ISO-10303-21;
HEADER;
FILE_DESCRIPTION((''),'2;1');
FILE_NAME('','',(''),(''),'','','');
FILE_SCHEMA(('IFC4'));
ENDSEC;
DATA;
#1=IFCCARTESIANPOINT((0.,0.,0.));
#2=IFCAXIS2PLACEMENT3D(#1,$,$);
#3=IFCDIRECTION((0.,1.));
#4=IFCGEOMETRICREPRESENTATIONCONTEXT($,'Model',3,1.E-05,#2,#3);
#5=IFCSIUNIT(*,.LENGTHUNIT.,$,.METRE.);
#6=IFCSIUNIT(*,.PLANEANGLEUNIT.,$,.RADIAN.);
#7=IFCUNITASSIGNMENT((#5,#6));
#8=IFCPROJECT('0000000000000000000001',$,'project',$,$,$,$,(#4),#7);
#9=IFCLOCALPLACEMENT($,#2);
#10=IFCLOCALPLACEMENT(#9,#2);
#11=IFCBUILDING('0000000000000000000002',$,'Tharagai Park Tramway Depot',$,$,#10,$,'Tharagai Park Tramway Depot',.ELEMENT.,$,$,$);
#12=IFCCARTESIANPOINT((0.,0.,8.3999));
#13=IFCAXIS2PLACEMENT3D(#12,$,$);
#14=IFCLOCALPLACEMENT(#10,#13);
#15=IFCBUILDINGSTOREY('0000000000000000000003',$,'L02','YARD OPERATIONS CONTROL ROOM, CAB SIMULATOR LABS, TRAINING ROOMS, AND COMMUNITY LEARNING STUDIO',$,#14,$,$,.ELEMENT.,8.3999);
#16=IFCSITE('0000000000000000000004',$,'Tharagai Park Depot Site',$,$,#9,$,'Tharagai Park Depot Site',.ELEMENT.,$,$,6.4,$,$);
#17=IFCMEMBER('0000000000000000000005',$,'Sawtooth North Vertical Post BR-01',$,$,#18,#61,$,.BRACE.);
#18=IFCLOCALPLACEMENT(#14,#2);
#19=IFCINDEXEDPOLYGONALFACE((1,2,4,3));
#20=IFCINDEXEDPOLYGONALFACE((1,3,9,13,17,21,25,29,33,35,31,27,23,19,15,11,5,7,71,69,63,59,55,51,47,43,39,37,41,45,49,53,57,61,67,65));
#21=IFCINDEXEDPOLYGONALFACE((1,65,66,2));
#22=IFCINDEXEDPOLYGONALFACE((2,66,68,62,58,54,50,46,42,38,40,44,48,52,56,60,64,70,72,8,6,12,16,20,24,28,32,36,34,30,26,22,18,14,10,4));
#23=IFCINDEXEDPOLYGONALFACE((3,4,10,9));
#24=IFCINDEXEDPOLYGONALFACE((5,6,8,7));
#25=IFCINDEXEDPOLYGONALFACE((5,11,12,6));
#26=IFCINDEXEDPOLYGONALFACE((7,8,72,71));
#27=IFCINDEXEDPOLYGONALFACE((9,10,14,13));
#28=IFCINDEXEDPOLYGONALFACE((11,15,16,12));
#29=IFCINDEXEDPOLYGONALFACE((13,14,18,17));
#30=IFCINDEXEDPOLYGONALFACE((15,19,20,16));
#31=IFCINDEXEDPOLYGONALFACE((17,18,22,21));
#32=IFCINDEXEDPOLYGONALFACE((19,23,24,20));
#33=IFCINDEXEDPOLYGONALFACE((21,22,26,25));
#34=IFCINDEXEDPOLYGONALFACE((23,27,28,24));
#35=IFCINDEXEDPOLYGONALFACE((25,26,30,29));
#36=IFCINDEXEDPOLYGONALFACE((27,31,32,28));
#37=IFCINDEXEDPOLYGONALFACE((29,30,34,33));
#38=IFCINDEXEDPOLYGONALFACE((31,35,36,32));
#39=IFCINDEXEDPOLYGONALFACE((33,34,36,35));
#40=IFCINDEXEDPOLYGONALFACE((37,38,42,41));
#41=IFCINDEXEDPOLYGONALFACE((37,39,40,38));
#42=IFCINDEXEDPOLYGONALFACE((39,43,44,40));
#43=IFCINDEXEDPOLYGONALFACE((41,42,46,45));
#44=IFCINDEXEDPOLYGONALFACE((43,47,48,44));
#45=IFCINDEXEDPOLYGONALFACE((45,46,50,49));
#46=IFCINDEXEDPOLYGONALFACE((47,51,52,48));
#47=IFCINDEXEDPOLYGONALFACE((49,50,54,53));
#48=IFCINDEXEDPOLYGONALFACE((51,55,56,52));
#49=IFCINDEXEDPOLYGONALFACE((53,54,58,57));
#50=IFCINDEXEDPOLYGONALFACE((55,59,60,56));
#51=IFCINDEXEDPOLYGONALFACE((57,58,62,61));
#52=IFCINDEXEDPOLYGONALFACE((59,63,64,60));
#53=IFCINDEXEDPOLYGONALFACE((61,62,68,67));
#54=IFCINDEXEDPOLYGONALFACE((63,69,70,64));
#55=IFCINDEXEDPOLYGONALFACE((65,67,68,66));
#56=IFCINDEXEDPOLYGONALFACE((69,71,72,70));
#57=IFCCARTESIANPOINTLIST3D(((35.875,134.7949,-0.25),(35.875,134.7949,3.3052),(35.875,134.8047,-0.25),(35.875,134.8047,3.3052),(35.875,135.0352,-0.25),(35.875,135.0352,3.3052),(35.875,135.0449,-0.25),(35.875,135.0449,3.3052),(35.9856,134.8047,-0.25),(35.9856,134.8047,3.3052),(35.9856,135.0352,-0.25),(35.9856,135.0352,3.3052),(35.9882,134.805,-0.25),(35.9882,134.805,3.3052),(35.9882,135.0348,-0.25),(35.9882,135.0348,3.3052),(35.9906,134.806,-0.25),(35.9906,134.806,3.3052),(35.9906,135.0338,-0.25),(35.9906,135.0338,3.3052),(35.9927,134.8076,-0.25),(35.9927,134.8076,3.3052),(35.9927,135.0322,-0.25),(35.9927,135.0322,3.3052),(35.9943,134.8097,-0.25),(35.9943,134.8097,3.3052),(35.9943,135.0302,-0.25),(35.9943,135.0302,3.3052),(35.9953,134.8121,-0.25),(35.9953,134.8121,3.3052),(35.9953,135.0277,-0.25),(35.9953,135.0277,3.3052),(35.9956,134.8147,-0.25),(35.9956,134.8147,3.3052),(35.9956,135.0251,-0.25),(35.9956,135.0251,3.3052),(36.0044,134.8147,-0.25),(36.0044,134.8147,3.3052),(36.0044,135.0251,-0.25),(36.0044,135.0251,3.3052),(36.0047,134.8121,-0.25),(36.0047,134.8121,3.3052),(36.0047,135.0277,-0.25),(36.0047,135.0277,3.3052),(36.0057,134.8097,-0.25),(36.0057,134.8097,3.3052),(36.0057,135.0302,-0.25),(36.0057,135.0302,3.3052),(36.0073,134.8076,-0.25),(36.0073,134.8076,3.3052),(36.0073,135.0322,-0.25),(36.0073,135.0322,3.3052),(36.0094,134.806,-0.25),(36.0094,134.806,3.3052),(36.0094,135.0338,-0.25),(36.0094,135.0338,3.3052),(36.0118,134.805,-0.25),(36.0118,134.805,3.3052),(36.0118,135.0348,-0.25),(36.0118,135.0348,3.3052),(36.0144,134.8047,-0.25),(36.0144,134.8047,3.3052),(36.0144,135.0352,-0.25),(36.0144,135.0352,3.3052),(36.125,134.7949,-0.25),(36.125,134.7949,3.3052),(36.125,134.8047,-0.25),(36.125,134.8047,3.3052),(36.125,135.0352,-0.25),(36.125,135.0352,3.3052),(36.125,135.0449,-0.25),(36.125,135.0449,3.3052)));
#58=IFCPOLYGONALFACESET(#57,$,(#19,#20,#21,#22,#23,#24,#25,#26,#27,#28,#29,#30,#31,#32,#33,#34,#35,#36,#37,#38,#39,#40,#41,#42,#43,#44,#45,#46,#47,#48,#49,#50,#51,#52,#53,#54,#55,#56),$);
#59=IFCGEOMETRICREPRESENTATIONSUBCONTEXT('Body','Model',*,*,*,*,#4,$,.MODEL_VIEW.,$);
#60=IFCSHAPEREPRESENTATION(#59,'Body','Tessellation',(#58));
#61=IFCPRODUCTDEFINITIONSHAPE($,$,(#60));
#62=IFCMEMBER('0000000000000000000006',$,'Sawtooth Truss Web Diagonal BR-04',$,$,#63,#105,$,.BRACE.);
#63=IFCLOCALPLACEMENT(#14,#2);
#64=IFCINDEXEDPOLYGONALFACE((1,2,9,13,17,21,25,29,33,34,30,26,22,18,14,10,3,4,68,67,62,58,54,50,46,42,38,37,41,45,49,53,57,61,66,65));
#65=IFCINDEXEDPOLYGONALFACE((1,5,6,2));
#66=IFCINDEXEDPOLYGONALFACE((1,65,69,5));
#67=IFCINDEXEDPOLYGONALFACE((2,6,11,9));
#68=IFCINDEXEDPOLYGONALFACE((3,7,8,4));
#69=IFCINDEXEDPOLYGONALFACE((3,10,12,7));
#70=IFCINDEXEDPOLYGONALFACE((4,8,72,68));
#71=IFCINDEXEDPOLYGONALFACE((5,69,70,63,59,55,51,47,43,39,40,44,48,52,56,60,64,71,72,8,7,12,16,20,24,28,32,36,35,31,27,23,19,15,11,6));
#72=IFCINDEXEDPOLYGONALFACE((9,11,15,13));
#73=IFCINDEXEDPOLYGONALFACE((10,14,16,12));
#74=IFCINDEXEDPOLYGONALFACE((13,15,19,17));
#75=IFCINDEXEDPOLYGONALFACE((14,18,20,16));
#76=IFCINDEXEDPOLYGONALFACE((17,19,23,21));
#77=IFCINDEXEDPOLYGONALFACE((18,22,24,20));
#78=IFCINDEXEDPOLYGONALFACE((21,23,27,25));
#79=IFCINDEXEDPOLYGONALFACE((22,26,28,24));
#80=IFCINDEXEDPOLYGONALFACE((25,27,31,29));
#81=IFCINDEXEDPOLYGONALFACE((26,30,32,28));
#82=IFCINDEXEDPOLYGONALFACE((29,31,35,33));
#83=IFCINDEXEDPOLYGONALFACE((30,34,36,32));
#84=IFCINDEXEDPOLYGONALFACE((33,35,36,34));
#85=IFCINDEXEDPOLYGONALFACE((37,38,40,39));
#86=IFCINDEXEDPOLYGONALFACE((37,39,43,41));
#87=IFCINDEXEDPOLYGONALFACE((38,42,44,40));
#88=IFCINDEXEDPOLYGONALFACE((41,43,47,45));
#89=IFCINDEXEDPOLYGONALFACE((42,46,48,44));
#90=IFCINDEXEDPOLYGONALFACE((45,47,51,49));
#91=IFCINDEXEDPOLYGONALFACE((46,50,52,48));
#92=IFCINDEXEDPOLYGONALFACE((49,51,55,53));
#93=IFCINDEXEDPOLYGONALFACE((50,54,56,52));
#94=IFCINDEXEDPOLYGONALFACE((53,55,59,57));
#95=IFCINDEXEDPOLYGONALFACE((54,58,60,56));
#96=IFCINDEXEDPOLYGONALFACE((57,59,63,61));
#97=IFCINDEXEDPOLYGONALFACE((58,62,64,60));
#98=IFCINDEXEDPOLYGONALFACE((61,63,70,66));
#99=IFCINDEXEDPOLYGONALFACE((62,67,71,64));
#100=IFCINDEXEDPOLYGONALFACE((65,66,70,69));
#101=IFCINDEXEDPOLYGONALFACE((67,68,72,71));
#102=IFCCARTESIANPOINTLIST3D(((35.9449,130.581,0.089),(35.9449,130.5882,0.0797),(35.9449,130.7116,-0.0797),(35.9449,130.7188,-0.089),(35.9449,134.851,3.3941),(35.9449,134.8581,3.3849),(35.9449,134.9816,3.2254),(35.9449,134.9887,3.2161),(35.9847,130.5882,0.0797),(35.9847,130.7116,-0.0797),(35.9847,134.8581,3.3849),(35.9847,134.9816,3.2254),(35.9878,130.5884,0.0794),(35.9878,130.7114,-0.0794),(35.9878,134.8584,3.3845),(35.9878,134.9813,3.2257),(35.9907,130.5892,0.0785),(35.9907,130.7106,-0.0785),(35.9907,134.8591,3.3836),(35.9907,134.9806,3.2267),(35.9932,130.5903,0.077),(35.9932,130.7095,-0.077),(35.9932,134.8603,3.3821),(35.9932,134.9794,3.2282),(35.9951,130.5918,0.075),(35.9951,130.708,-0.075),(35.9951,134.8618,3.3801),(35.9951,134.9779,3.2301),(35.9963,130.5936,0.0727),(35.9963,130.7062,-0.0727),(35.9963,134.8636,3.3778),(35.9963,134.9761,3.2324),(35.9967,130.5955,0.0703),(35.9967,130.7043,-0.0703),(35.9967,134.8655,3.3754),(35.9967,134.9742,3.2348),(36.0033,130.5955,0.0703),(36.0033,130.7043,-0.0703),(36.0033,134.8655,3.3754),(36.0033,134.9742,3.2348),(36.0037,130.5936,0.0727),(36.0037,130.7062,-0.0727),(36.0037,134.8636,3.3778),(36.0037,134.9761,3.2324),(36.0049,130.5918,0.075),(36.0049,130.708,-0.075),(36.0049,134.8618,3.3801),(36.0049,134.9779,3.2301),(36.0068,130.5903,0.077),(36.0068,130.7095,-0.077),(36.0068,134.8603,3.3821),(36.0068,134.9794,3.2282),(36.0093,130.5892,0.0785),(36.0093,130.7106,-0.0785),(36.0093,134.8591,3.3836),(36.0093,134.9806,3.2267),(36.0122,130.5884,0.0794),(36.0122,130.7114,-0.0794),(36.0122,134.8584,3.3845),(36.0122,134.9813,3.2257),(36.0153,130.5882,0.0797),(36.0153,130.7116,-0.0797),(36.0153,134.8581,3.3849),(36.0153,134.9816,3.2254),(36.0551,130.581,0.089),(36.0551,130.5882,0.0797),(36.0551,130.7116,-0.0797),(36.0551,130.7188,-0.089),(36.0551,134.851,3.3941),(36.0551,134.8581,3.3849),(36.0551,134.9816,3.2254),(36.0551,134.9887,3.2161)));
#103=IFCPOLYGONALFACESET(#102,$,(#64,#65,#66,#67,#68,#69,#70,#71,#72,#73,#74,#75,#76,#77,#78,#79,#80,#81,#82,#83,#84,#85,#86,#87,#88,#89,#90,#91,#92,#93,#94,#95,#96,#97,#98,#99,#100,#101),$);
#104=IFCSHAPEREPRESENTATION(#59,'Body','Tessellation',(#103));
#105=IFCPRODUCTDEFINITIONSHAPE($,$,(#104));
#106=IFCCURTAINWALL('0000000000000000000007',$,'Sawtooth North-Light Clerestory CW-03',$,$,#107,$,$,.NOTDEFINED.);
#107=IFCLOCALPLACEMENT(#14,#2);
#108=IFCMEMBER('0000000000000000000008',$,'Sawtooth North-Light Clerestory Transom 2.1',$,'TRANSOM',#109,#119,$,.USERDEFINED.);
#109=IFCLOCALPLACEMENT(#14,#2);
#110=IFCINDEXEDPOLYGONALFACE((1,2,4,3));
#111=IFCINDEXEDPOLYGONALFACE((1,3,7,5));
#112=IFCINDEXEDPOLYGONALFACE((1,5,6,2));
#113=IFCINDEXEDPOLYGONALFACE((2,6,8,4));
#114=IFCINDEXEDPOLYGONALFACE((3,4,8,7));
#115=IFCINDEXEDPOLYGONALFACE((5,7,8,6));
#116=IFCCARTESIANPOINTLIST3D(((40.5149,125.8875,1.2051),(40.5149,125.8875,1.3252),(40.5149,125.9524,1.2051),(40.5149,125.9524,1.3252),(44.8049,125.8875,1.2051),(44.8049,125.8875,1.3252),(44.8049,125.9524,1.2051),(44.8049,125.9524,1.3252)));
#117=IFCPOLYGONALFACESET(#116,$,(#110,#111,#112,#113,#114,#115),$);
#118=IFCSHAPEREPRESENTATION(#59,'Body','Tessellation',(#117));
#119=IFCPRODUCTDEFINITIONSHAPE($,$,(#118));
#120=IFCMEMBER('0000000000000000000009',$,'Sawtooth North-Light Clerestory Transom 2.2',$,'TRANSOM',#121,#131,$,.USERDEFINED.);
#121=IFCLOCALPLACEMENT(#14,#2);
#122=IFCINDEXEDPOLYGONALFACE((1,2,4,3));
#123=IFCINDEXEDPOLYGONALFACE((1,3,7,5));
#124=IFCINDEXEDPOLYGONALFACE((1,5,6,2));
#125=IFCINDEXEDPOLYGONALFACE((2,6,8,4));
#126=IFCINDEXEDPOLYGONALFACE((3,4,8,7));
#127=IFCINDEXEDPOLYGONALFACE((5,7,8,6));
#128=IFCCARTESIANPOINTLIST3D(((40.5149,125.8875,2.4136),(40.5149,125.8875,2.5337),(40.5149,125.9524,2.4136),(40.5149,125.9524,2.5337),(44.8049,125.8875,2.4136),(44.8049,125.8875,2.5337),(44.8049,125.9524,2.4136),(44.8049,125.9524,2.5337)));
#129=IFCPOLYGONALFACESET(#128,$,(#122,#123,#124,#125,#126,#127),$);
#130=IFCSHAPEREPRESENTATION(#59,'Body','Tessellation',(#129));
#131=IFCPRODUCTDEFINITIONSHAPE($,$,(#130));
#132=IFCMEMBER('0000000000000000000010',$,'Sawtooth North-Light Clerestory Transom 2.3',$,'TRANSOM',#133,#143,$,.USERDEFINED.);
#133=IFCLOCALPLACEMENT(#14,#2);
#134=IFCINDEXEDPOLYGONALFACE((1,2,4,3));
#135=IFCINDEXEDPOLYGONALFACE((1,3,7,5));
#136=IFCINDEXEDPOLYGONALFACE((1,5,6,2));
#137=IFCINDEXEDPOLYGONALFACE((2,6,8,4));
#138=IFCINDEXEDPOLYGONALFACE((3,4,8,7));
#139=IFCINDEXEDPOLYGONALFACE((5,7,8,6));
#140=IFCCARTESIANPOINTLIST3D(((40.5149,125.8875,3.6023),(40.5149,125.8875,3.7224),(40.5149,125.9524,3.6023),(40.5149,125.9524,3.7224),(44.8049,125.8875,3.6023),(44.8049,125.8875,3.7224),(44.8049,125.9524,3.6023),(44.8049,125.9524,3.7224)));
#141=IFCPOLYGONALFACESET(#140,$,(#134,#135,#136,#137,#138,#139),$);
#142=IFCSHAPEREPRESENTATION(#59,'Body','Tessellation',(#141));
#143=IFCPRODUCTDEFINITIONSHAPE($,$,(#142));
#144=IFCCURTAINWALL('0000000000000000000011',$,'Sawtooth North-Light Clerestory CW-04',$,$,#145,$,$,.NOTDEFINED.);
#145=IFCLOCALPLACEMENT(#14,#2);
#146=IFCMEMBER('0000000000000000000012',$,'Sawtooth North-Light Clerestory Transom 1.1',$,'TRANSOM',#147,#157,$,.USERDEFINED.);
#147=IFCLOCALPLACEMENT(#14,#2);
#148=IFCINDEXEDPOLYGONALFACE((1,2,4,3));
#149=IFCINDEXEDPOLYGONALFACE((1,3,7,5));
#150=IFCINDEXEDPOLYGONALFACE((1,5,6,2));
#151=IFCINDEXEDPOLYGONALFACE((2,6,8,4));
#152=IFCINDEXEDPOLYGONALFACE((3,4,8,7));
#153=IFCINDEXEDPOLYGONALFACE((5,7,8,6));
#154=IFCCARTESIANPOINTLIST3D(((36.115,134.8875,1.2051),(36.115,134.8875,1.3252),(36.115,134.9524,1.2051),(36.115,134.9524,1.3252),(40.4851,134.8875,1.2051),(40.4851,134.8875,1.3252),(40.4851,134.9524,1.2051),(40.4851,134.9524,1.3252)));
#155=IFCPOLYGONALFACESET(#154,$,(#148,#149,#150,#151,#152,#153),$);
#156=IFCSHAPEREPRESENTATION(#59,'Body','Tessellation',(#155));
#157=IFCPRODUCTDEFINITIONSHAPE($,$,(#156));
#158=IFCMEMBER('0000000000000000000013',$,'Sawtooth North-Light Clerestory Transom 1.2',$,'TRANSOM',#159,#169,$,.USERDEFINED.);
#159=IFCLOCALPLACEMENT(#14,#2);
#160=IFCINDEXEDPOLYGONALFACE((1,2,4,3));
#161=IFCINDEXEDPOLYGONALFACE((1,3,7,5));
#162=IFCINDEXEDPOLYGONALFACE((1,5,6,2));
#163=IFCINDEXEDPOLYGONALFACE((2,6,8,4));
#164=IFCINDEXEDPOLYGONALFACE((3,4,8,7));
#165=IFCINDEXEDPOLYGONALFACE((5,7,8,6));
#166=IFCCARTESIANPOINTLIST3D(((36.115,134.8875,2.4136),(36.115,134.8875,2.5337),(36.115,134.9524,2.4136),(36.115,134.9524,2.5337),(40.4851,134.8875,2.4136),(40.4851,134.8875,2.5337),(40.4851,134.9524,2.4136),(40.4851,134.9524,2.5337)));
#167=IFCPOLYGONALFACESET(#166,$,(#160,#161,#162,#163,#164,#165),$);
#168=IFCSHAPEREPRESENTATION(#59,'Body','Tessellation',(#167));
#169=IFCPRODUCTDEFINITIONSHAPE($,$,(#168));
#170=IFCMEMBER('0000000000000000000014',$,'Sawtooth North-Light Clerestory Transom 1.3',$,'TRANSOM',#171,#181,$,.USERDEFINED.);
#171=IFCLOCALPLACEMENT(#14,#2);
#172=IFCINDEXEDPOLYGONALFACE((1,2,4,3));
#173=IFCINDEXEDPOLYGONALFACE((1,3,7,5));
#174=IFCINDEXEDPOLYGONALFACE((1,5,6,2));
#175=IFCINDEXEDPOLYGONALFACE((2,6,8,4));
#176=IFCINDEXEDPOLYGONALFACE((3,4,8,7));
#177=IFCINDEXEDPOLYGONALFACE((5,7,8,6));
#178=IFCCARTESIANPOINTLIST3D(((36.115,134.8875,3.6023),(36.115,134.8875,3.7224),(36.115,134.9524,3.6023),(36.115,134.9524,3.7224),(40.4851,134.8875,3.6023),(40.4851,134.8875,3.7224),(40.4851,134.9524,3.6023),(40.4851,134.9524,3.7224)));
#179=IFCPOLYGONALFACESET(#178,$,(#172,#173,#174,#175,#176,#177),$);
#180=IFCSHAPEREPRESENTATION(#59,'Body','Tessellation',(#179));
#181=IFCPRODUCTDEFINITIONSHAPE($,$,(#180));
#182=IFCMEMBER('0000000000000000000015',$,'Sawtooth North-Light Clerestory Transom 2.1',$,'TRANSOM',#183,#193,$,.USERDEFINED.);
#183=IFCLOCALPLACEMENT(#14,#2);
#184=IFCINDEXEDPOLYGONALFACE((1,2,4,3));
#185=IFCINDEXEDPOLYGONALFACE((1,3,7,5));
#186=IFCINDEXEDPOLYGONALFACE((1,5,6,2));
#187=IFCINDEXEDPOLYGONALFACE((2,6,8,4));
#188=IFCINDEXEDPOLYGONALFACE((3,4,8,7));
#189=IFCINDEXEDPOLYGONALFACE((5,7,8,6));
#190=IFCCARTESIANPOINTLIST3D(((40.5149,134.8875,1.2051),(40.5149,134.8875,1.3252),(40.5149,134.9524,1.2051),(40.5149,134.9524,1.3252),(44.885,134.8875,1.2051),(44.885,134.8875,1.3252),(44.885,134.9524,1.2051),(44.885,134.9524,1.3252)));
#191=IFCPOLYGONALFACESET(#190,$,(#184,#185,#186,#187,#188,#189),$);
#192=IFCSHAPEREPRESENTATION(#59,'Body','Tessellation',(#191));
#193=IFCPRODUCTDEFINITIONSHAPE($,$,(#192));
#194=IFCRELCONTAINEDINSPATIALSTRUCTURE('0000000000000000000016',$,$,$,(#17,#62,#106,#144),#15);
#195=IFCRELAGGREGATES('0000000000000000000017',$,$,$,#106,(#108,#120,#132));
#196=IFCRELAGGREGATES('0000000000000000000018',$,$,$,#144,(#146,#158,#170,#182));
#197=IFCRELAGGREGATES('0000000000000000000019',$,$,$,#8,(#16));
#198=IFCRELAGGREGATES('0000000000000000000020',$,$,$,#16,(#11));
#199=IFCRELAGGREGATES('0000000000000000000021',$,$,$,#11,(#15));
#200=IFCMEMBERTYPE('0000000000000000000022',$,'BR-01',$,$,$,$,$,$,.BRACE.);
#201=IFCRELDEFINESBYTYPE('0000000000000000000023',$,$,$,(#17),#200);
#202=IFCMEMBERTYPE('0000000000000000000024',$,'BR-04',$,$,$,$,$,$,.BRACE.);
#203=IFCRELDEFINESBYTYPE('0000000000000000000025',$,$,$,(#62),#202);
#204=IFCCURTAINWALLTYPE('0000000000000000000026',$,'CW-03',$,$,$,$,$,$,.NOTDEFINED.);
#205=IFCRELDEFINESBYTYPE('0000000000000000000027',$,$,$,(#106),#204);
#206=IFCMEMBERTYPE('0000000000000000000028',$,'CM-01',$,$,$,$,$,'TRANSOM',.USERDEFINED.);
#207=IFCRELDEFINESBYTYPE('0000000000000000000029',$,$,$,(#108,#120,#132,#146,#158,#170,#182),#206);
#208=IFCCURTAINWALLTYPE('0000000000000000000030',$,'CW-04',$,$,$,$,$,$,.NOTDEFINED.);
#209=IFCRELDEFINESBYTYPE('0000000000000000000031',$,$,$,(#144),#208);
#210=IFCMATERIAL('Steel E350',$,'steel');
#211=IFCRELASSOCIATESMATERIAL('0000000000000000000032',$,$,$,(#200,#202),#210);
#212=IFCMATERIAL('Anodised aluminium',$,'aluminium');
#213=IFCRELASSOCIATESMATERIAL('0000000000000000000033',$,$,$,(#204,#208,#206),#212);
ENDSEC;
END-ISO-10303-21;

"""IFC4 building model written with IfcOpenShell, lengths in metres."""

from ifc_helpers import new_model, si_unit, direction, frame, origin, origin_2d, place, context, subcontext, project, spatial, rectangle, i_section, extrude, material, material_profile, profile_set, type_object, element, aggregate, save


model = new_model("IFC4")

# Units and contexts
model_context = context("Model", 3, precision=1e-05, world=origin(), true_north=direction((0.0, 1.0)))
body_context = subcontext(model_context, "Body", "Model", "MODEL_VIEW")
ifc_project = project(units=[si_unit("LENGTHUNIT", "METRE"), si_unit("PLANEANGLEUNIT", "RADIAN")], contexts=[model_context])

# Site, building, storey
site_placement = place(None, origin())
site = spatial("IfcSite", under=ifc_project, at=site_placement, Name="Tharagai Park Depot Site", LongName="Tharagai Park Depot Site", CompositionType="ELEMENT", RefElevation=6.4)
building_placement = place(site_placement, origin())
building = spatial("IfcBuilding", under=site, at=building_placement, Name="Tharagai Park Tramway Depot", LongName="Tharagai Park Tramway Depot", CompositionType="ELEMENT")
storey_placement = place(building_placement, frame((0.0, 0.0, 8.3999)))
storey = spatial("IfcBuildingStorey", under=building, at=storey_placement, Name="L02", Description="YARD OPERATIONS CONTROL ROOM, CAB SIMULATOR LABS, TRAINING ROOMS, AND COMMUNITY LEARNING STUDIO", CompositionType="ELEMENT", Elevation=8.3999)

# Members
ifc_material_1 = material(Name="Steel E350", Category="steel")
ifc_material_profile_1 = material_profile(ifc_material_1, i_section(OverallWidth=0.25, OverallDepth=0.25, WebThickness=0.0088, FlangeThickness=0.0098, FilletRadius=0.01, at=origin_2d()), Name="ISHB 250")
ifc_profile_set_1 = profile_set([ifc_material_profile_1], Name="Steel E350")
member_type_1 = type_object("IfcMemberType", Name="BR-01", PredefinedType="BRACE", material=ifc_profile_set_1)
member_1_placement = place(storey_placement, frame((36.0, 134.9199, -0.25), z_axis=(0.0, 0.0, 1.0), x_axis=(1.0, 0.0, 0.0)))
element("IfcMember", 1, at=member_1_placement, inside=storey, type_object=member_type_1, Name="Sawtooth North Vertical Post BR-01", PredefinedType="BRACE", context=body_context, shape_type="SweptSolid", body=[
    extrude(i_section(OverallWidth=0.25, OverallDepth=0.25, WebThickness=0.0088, FlangeThickness=0.0098, FilletRadius=0.01, at=origin_2d()), origin(), (0.0, 0.0, 1.0), 3.5552),
])
ifc_material_profile_2 = material_profile(ifc_material_1, i_section(OverallWidth=0.1101, OverallDepth=0.2251, WebThickness=0.0066, FlangeThickness=0.0117, FilletRadius=0.012, at=origin_2d()), Name="ISMB 225")
ifc_profile_set_2 = profile_set([ifc_material_profile_2], Name="Steel E350")
member_type_2 = type_object("IfcMemberType", Name="BR-04", PredefinedType="BRACE", material=ifc_profile_set_2)
member_2_placement = place(storey_placement, frame((36.0, 130.6499, 0.0), z_axis=(0.0, 0.790782, 0.612098), x_axis=(-1.0, 0.0, 0.0)))
element("IfcMember", 2, at=member_2_placement, inside=storey, type_object=member_type_2, Name="Sawtooth Truss Web Diagonal BR-04", PredefinedType="BRACE", context=body_context, shape_type="SweptSolid", body=[
    extrude(i_section(OverallWidth=0.1101, OverallDepth=0.2251, WebThickness=0.0066, FlangeThickness=0.0117, FilletRadius=0.012, at=origin_2d()), origin(), (0.0, 0.0, 1.0), 5.3997),
])

# Curtain walls, members
ifc_material_2 = material(Name="Anodised aluminium", Category="aluminium")
curtain_wall_type_1 = type_object("IfcCurtainWallType", Name="CW-03", PredefinedType="NOTDEFINED", material=ifc_material_2)
curtain_wall_1_placement = place(storey_placement, origin())
curtain_wall_1 = element("IfcCurtainWall", 3, at=curtain_wall_1_placement, inside=storey, type_object=curtain_wall_type_1, Name="Sawtooth North-Light Clerestory CW-03", PredefinedType="NOTDEFINED")
ifc_material_profile_3 = material_profile(ifc_material_2, rectangle(XDim=0.0649, YDim=0.1201, at=origin_2d()), Name="ALU 65x120")
ifc_profile_set_3 = profile_set([ifc_material_profile_3], Name="Anodised aluminium")
member_type_3 = type_object("IfcMemberType", Name="CM-01", ElementType="TRANSOM", PredefinedType="USERDEFINED", material=ifc_profile_set_3)
member_3_placement = place(storey_placement, frame((40.5149, 125.9199, 1.2651), z_axis=(1.0, 0.0, 0.0), x_axis=(0.0, 1.0, 0.0)))
member_3 = element("IfcMember", 4, at=member_3_placement, type_object=member_type_3, Name="Sawtooth North-Light Clerestory Transom 2.1", ObjectType="TRANSOM", PredefinedType="USERDEFINED", context=body_context, shape_type="SweptSolid", body=[
    extrude(rectangle(XDim=0.0649, YDim=0.1201, at=origin_2d()), origin(), (0.0, 0.0, 1.0), 4.29),
])
member_4_placement = place(storey_placement, frame((40.5149, 125.9199, 2.4736), z_axis=(1.0, 0.0, 0.0), x_axis=(0.0, 1.0, 0.0)))
member_4 = element("IfcMember", 5, at=member_4_placement, type_object=member_type_3, Name="Sawtooth North-Light Clerestory Transom 2.2", ObjectType="TRANSOM", PredefinedType="USERDEFINED", context=body_context, shape_type="SweptSolid", body=[
    extrude(rectangle(XDim=0.0649, YDim=0.1201, at=origin_2d()), origin(), (0.0, 0.0, 1.0), 4.29),
])
member_5_placement = place(storey_placement, frame((40.5149, 125.9199, 3.6624), z_axis=(1.0, 0.0, 0.0), x_axis=(0.0, 1.0, 0.0)))
member_5 = element("IfcMember", 6, at=member_5_placement, type_object=member_type_3, Name="Sawtooth North-Light Clerestory Transom 2.3", ObjectType="TRANSOM", PredefinedType="USERDEFINED", context=body_context, shape_type="SweptSolid", body=[
    extrude(rectangle(XDim=0.0649, YDim=0.1201, at=origin_2d()), origin(), (0.0, 0.0, 1.0), 4.29),
])
curtain_wall_type_2 = type_object("IfcCurtainWallType", Name="CW-04", PredefinedType="NOTDEFINED", material=ifc_material_2)
curtain_wall_2_placement = place(storey_placement, origin())
curtain_wall_2 = element("IfcCurtainWall", 7, at=curtain_wall_2_placement, inside=storey, type_object=curtain_wall_type_2, Name="Sawtooth North-Light Clerestory CW-04", PredefinedType="NOTDEFINED")
member_6_placement = place(storey_placement, frame((36.115, 134.9199, 1.2651), z_axis=(1.0, 0.0, 0.0), x_axis=(0.0, 1.0, 0.0)))
member_6 = element("IfcMember", 8, at=member_6_placement, type_object=member_type_3, Name="Sawtooth North-Light Clerestory Transom 1.1", ObjectType="TRANSOM", PredefinedType="USERDEFINED", context=body_context, shape_type="SweptSolid", body=[
    extrude(rectangle(XDim=0.0649, YDim=0.1201, at=origin_2d()), origin(), (0.0, 0.0, 1.0), 4.3701),
])
member_7_placement = place(storey_placement, frame((36.115, 134.9199, 2.4736), z_axis=(1.0, 0.0, 0.0), x_axis=(0.0, 1.0, 0.0)))
member_7 = element("IfcMember", 9, at=member_7_placement, type_object=member_type_3, Name="Sawtooth North-Light Clerestory Transom 1.2", ObjectType="TRANSOM", PredefinedType="USERDEFINED", context=body_context, shape_type="SweptSolid", body=[
    extrude(rectangle(XDim=0.0649, YDim=0.1201, at=origin_2d()), origin(), (0.0, 0.0, 1.0), 4.3701),
])
member_8_placement = place(storey_placement, frame((36.115, 134.9199, 3.6624), z_axis=(1.0, 0.0, 0.0), x_axis=(0.0, 1.0, 0.0)))
member_8 = element("IfcMember", 10, at=member_8_placement, type_object=member_type_3, Name="Sawtooth North-Light Clerestory Transom 1.3", ObjectType="TRANSOM", PredefinedType="USERDEFINED", context=body_context, shape_type="SweptSolid", body=[
    extrude(rectangle(XDim=0.0649, YDim=0.1201, at=origin_2d()), origin(), (0.0, 0.0, 1.0), 4.3701),
])
member_9_placement = place(storey_placement, frame((40.5149, 134.9199, 1.2651), z_axis=(1.0, 0.0, 0.0), x_axis=(0.0, 1.0, 0.0)))
member_9 = element("IfcMember", 11, at=member_9_placement, type_object=member_type_3, Name="Sawtooth North-Light Clerestory Transom 2.1", ObjectType="TRANSOM", PredefinedType="USERDEFINED", context=body_context, shape_type="SweptSolid", body=[
    extrude(rectangle(XDim=0.0649, YDim=0.1201, at=origin_2d()), origin(), (0.0, 0.0, 1.0), 4.3701),
])

aggregate(curtain_wall_1, [member_3, member_4, member_5])
aggregate(curtain_wall_2, [member_6, member_7, member_8, member_9])

save(model, "model.ifc")
